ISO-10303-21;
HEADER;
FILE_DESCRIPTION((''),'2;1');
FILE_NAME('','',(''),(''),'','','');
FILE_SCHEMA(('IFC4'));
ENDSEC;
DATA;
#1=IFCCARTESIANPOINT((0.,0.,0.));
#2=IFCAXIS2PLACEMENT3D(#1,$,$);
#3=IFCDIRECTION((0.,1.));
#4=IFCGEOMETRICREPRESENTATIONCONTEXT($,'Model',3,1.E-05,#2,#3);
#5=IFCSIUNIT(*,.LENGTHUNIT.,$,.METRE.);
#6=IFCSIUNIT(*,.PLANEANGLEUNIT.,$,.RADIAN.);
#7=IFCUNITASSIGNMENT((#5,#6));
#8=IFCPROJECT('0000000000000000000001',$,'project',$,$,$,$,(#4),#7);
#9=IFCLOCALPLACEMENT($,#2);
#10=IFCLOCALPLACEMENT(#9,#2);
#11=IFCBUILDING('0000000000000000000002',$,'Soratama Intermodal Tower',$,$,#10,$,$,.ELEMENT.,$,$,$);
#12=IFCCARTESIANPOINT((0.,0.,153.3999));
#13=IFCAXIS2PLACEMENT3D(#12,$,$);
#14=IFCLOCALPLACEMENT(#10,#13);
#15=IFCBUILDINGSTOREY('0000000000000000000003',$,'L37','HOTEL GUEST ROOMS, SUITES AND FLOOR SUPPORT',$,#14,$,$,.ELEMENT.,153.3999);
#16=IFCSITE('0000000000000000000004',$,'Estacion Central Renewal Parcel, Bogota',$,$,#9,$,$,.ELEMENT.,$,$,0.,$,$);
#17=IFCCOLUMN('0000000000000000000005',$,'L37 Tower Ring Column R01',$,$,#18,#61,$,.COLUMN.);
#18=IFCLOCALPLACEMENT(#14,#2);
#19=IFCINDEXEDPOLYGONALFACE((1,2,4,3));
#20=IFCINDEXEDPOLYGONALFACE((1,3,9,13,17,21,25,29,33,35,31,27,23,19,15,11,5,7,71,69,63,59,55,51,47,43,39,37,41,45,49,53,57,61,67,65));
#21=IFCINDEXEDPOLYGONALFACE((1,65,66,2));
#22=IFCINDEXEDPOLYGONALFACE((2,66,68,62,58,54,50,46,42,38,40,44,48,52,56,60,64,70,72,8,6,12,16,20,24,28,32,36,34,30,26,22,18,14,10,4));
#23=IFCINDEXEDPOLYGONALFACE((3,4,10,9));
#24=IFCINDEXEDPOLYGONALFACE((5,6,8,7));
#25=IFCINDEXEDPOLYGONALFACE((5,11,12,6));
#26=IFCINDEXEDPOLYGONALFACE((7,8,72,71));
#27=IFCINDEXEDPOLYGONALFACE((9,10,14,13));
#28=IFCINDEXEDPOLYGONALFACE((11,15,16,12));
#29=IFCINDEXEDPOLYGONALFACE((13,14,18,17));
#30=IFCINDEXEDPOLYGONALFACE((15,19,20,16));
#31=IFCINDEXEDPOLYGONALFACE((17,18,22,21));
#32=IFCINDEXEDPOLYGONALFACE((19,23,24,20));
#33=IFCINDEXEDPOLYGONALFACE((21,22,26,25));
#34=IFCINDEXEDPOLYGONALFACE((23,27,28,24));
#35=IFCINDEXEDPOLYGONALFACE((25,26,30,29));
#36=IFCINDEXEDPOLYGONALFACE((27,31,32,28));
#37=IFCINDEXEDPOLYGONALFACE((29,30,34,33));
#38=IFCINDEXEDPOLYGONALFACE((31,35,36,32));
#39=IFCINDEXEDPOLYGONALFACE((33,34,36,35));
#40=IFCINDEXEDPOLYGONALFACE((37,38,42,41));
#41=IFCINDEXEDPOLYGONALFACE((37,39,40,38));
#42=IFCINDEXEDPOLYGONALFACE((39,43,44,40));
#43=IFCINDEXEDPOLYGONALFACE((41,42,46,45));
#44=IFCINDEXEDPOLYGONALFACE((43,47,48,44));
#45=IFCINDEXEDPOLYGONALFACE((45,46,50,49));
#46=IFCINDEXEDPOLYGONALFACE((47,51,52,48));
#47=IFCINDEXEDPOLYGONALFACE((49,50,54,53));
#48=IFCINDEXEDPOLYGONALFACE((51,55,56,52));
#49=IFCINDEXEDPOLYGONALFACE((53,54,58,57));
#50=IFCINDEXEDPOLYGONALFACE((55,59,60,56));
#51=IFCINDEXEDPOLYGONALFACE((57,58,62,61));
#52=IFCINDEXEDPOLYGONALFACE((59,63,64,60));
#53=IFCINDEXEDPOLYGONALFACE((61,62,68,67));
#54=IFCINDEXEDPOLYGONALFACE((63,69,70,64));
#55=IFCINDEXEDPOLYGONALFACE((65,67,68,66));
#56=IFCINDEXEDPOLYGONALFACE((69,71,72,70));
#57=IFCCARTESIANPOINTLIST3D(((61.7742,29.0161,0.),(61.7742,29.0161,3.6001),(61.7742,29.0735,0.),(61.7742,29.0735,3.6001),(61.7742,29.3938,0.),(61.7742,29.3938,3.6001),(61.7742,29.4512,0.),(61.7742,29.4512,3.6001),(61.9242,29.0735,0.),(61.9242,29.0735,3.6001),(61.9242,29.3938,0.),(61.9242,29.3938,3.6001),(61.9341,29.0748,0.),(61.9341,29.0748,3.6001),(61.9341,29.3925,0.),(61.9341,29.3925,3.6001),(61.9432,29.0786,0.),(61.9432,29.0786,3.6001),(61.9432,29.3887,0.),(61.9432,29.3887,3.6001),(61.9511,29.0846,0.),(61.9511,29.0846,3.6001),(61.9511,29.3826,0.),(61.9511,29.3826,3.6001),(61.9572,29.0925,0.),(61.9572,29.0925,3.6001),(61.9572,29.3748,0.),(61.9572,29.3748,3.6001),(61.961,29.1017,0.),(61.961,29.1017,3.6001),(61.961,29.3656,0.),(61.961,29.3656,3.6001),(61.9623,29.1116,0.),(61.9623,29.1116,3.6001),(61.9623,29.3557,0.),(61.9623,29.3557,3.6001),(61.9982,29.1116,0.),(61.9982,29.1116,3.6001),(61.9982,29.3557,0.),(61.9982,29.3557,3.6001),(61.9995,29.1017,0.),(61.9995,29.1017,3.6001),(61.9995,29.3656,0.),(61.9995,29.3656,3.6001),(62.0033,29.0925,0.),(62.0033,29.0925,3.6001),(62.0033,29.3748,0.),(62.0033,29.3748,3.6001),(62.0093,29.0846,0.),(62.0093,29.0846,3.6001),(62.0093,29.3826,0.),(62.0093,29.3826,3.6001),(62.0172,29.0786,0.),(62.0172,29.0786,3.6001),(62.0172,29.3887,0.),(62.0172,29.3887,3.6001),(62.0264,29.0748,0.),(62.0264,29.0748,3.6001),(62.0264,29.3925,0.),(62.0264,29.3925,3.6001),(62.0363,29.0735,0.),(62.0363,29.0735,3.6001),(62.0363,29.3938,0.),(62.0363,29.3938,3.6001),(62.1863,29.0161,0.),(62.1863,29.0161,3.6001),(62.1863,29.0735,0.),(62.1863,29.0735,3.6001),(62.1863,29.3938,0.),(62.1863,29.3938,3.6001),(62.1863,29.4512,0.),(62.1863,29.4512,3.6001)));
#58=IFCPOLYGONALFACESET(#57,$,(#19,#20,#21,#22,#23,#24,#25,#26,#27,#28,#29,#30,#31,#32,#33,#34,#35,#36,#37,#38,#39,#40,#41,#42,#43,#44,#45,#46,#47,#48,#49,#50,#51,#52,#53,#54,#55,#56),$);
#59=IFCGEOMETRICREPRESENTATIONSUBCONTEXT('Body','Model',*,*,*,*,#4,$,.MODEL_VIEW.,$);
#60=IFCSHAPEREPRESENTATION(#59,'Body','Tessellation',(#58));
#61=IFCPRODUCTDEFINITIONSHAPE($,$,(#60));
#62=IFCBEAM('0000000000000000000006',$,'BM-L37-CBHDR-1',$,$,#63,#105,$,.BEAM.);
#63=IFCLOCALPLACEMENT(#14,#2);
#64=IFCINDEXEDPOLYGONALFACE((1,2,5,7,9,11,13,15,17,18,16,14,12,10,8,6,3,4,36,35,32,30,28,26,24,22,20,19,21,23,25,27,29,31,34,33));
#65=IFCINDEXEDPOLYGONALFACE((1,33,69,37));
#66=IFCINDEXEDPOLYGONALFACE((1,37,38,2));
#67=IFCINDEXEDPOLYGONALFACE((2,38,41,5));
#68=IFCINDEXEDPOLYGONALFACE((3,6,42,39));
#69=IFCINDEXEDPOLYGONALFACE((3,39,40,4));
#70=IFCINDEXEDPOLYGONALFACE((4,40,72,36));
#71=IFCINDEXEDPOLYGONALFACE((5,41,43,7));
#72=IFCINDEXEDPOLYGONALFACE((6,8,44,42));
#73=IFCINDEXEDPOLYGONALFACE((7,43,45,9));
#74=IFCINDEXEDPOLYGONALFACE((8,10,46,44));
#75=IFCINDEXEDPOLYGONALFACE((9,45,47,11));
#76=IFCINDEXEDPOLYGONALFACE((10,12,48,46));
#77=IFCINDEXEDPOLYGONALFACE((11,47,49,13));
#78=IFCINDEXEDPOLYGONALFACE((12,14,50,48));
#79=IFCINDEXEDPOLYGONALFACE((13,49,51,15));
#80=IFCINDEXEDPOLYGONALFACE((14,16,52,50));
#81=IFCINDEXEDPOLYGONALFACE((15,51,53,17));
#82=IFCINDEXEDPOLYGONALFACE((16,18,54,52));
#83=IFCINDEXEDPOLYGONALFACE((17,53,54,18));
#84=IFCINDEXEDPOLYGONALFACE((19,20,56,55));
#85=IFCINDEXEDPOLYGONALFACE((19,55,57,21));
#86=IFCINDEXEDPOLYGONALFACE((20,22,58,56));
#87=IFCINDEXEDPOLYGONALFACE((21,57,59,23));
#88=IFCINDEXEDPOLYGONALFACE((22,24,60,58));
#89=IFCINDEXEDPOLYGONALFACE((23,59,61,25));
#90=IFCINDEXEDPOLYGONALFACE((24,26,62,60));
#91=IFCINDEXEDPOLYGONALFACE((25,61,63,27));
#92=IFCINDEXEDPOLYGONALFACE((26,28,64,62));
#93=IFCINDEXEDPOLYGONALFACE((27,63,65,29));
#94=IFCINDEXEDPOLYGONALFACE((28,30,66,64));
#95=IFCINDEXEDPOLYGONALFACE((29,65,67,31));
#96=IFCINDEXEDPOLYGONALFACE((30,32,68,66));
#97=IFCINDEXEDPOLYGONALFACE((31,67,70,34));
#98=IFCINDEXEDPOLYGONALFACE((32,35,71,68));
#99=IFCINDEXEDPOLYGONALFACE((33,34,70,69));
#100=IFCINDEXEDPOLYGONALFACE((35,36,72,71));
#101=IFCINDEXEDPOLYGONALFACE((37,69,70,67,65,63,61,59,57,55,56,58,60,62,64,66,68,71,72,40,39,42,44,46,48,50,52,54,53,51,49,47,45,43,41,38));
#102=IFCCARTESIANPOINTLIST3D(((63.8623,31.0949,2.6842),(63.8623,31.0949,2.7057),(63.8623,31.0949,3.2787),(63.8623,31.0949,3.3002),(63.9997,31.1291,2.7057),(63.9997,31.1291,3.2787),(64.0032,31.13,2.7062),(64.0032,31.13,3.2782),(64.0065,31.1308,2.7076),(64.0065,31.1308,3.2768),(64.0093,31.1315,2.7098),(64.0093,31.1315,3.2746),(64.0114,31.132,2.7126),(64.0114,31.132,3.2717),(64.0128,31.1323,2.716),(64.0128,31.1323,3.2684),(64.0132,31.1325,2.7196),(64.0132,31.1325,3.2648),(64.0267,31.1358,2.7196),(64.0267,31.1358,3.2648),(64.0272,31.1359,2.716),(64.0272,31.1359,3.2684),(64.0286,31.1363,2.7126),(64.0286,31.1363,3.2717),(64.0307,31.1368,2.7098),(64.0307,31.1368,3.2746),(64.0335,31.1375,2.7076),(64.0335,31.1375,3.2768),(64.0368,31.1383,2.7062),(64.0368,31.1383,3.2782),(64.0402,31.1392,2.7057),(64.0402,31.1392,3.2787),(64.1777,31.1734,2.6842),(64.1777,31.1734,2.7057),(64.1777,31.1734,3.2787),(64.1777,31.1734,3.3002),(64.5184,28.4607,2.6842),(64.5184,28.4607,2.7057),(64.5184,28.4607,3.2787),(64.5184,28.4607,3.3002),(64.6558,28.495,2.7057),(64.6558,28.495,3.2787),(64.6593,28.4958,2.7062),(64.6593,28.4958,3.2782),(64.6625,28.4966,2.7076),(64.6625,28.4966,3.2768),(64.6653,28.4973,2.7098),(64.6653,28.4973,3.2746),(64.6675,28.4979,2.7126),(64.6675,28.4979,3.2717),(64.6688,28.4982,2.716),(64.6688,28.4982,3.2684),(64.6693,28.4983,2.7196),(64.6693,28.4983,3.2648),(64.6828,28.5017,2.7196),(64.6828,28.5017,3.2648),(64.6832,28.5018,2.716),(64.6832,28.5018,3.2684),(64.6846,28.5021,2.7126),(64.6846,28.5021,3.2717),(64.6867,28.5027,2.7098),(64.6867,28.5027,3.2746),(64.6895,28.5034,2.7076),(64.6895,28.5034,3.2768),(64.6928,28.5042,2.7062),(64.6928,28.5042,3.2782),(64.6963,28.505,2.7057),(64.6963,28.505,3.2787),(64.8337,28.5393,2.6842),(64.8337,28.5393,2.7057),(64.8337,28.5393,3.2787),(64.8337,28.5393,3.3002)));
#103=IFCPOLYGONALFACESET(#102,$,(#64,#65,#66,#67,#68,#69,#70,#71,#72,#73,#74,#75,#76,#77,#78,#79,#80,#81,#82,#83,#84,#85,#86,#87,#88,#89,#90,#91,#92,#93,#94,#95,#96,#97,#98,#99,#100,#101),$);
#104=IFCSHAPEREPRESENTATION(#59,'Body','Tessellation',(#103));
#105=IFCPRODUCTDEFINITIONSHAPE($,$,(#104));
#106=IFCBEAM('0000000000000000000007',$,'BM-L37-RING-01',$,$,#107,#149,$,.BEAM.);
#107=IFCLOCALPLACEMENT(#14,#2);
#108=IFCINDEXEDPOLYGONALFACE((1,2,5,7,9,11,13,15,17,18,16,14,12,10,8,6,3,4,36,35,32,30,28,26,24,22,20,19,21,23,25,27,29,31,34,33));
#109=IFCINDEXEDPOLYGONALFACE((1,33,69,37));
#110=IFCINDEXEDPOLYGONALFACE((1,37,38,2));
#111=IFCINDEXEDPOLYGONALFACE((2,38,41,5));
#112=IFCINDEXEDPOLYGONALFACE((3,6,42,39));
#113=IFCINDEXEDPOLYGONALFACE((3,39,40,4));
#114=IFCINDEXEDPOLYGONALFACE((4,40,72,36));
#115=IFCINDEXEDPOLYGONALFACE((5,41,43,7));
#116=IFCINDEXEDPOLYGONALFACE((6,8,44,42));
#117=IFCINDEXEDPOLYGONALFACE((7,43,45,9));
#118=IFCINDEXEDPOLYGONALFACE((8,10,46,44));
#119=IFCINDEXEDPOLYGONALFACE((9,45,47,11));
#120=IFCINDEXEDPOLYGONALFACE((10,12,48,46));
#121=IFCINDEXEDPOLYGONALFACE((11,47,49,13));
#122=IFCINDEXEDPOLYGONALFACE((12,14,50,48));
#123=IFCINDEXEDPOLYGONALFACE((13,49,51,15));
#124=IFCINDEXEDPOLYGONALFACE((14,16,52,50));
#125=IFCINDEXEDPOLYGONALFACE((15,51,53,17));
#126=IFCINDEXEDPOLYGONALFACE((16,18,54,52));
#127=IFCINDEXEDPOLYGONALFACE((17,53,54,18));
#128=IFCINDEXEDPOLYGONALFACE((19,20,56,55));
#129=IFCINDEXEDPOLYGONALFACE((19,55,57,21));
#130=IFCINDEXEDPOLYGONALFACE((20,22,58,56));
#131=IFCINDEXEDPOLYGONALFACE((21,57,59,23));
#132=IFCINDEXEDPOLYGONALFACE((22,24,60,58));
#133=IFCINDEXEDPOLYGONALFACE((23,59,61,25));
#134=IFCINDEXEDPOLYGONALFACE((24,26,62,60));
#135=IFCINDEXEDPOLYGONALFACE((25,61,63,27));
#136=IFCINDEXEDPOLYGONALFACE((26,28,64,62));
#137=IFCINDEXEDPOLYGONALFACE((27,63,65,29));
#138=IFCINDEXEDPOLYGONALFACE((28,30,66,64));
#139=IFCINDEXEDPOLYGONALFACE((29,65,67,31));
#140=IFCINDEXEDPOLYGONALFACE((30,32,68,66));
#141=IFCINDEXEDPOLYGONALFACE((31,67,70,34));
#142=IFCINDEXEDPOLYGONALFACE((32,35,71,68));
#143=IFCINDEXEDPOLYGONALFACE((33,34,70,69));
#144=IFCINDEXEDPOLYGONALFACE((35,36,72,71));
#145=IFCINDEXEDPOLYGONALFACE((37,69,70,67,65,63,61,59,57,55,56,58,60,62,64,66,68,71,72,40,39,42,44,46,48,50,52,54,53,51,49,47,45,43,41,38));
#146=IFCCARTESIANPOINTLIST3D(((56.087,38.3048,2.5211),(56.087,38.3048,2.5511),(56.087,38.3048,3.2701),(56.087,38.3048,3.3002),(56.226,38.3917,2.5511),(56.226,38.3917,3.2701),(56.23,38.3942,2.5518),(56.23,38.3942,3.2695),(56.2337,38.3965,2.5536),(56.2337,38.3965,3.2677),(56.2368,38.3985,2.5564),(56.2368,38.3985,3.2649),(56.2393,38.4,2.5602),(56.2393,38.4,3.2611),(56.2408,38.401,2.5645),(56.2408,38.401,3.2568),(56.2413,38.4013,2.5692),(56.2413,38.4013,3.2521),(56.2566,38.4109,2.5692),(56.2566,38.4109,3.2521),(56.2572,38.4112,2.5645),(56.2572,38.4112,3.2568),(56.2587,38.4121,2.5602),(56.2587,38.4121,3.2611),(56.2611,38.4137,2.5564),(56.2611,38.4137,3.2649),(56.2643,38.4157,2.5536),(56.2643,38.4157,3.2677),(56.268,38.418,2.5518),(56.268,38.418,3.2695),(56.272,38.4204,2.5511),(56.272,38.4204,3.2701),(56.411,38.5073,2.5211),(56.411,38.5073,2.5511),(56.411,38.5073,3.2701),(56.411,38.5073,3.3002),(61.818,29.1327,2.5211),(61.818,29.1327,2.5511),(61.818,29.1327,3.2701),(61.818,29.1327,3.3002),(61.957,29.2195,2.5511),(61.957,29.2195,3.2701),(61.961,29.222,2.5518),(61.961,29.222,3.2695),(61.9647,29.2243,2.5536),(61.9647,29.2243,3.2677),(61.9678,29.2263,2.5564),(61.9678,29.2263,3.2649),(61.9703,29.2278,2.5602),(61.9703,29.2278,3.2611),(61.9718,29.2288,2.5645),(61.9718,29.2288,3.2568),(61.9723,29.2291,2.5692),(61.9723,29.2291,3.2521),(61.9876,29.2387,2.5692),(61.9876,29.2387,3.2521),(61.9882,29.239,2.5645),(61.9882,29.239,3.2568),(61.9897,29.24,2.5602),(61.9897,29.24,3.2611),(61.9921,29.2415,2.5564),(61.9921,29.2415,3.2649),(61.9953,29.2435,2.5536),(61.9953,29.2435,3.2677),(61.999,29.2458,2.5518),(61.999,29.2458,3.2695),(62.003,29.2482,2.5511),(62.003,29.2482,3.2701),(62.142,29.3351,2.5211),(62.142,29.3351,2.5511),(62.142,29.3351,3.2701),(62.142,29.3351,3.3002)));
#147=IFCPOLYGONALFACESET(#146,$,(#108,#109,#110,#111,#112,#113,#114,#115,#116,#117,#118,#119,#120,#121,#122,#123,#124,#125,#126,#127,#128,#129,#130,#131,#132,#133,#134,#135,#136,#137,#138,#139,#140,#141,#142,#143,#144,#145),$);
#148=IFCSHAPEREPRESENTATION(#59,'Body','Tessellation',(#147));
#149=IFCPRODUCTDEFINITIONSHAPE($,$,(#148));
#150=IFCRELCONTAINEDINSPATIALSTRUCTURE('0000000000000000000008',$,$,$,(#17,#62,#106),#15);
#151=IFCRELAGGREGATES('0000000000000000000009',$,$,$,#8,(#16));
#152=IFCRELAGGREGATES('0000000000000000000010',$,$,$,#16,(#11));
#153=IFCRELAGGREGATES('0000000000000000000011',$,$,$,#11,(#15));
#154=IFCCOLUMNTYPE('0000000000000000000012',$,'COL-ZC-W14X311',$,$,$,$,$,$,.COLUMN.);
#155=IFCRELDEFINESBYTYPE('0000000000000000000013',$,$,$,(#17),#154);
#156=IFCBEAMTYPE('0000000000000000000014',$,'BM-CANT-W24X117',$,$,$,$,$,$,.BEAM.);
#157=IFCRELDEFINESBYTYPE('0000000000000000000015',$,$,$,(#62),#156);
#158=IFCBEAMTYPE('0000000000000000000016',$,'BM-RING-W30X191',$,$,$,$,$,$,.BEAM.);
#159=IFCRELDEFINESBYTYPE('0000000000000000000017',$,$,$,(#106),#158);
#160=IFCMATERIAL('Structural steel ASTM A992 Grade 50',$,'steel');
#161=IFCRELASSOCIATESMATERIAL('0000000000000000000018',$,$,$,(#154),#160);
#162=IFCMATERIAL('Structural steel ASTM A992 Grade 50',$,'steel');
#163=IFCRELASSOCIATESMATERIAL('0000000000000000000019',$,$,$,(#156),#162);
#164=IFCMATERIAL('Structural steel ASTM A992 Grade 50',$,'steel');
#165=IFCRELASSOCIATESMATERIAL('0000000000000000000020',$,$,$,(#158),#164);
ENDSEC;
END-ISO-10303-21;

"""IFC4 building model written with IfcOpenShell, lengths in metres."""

from ifc_helpers import new_model, si_unit, direction, frame, origin, origin_2d, place, context, subcontext, project, spatial, i_section, extrude, material, material_profile, profile_set, type_object, element, save


model = new_model("IFC4")

# Units and contexts
model_context = context("Model", 3, precision=1e-05, world=origin(), true_north=direction((0.0, 1.0)))
body_context = subcontext(model_context, "Body", "Model", "MODEL_VIEW")
ifc_project = project(units=[si_unit("LENGTHUNIT", "METRE"), si_unit("PLANEANGLEUNIT", "RADIAN")], contexts=[model_context])

# Site, building, storey
site_placement = place(None, origin())
site = spatial("IfcSite", under=ifc_project, at=site_placement, Name="Estacion Central Renewal Parcel, Bogota", CompositionType="ELEMENT", RefElevation=0.0)
building_placement = place(site_placement, origin())
building = spatial("IfcBuilding", under=site, at=building_placement, Name="Soratama Intermodal Tower", CompositionType="ELEMENT")
storey_placement = place(building_placement, frame((0.0, 0.0, 153.3999)))
storey = spatial("IfcBuildingStorey", under=building, at=storey_placement, Name="L37", Description="HOTEL GUEST ROOMS, SUITES AND FLOOR SUPPORT", CompositionType="ELEMENT", Elevation=153.3999)

# Column
ifc_material_1 = material(Name="Structural steel ASTM A992 Grade 50", Category="steel")
ifc_material_profile_1 = material_profile(ifc_material_1, i_section(OverallWidth=0.4121, OverallDepth=0.4351, WebThickness=0.0359, FlangeThickness=0.0574, FilletRadius=0.0381, at=origin_2d()), Name="W14X311")
ifc_profile_set_1 = profile_set([ifc_material_profile_1], Name="Structural steel ASTM A992 Grade 50")
column_type = type_object("IfcColumnType", Name="COL-ZC-W14X311", PredefinedType="COLUMN", material=ifc_profile_set_1)
column_placement = place(storey_placement, frame((61.9802, 29.2336, 0.0), z_axis=(0.0, 0.0, 1.0), x_axis=(1.0, 0.0, 0.0)))
element("IfcColumn", 1, at=column_placement, inside=storey, type_object=column_type, Name="L37 Tower Ring Column R01", PredefinedType="COLUMN", context=body_context, shape_type="SweptSolid", body=[
    extrude(i_section(OverallWidth=0.4121, OverallDepth=0.4351, WebThickness=0.0359, FlangeThickness=0.0574, FilletRadius=0.0381, at=origin_2d()), origin(), (0.0, 0.0, 1.0), 3.6001),
])

# Beams
ifc_material_2 = material(Name="Structural steel ASTM A992 Grade 50", Category="steel")
ifc_material_profile_2 = material_profile(ifc_material_2, i_section(OverallWidth=0.325, OverallDepth=0.616, WebThickness=0.0139, FlangeThickness=0.0215, FilletRadius=0.0139, at=origin_2d()), Name="W24X117")
ifc_profile_set_2 = profile_set([ifc_material_profile_2], Name="Structural steel ASTM A992 Grade 50")
beam_type_1 = type_object("IfcBeamType", Name="BM-CANT-W24X117", PredefinedType="BEAM", material=ifc_profile_set_2)
beam_1_placement = place(storey_placement, frame((64.676, 28.5, 2.9922), z_axis=(-0.241668, 0.970359, 0.0), x_axis=(-0.970359, -0.241668, 0.0)))
element("IfcBeam", 2, at=beam_1_placement, inside=storey, type_object=beam_type_1, Name="BM-L37-CBHDR-1", PredefinedType="BEAM", context=body_context, shape_type="SweptSolid", body=[
    extrude(i_section(OverallWidth=0.325, OverallDepth=0.616, WebThickness=0.0139, FlangeThickness=0.0215, FilletRadius=0.0139, at=origin_2d()), origin(), (0.0, 0.0, 1.0), 2.7146),
])
ifc_material_3 = material(Name="Structural steel ASTM A992 Grade 50", Category="steel")
ifc_material_profile_3 = material_profile(ifc_material_3, i_section(OverallWidth=0.3821, OverallDepth=0.7791, WebThickness=0.0181, FlangeThickness=0.03, FilletRadius=0.0181, at=origin_2d()), Name="W30X191")
ifc_profile_set_3 = profile_set([ifc_material_profile_3], Name="Structural steel ASTM A992 Grade 50")
beam_type_2 = type_object("IfcBeamType", Name="BM-RING-W30X191", PredefinedType="BEAM", material=ifc_profile_set_3)
beam_2_placement = place(storey_placement, frame((61.98, 29.2339, 2.9106), z_axis=(-0.529891, 0.848066, 0.0), x_axis=(-0.848066, -0.529891, 0.0)))
element("IfcBeam", 3, at=beam_2_placement, inside=storey, type_object=beam_type_2, Name="BM-L37-RING-01", PredefinedType="BEAM", context=body_context, shape_type="SweptSolid", body=[
    extrude(i_section(OverallWidth=0.3821, OverallDepth=0.7791, WebThickness=0.0181, FlangeThickness=0.03, FilletRadius=0.0181, at=origin_2d()), origin(), (0.0, 0.0, 1.0), 10.8154),
])

save(model, "model.ifc")
